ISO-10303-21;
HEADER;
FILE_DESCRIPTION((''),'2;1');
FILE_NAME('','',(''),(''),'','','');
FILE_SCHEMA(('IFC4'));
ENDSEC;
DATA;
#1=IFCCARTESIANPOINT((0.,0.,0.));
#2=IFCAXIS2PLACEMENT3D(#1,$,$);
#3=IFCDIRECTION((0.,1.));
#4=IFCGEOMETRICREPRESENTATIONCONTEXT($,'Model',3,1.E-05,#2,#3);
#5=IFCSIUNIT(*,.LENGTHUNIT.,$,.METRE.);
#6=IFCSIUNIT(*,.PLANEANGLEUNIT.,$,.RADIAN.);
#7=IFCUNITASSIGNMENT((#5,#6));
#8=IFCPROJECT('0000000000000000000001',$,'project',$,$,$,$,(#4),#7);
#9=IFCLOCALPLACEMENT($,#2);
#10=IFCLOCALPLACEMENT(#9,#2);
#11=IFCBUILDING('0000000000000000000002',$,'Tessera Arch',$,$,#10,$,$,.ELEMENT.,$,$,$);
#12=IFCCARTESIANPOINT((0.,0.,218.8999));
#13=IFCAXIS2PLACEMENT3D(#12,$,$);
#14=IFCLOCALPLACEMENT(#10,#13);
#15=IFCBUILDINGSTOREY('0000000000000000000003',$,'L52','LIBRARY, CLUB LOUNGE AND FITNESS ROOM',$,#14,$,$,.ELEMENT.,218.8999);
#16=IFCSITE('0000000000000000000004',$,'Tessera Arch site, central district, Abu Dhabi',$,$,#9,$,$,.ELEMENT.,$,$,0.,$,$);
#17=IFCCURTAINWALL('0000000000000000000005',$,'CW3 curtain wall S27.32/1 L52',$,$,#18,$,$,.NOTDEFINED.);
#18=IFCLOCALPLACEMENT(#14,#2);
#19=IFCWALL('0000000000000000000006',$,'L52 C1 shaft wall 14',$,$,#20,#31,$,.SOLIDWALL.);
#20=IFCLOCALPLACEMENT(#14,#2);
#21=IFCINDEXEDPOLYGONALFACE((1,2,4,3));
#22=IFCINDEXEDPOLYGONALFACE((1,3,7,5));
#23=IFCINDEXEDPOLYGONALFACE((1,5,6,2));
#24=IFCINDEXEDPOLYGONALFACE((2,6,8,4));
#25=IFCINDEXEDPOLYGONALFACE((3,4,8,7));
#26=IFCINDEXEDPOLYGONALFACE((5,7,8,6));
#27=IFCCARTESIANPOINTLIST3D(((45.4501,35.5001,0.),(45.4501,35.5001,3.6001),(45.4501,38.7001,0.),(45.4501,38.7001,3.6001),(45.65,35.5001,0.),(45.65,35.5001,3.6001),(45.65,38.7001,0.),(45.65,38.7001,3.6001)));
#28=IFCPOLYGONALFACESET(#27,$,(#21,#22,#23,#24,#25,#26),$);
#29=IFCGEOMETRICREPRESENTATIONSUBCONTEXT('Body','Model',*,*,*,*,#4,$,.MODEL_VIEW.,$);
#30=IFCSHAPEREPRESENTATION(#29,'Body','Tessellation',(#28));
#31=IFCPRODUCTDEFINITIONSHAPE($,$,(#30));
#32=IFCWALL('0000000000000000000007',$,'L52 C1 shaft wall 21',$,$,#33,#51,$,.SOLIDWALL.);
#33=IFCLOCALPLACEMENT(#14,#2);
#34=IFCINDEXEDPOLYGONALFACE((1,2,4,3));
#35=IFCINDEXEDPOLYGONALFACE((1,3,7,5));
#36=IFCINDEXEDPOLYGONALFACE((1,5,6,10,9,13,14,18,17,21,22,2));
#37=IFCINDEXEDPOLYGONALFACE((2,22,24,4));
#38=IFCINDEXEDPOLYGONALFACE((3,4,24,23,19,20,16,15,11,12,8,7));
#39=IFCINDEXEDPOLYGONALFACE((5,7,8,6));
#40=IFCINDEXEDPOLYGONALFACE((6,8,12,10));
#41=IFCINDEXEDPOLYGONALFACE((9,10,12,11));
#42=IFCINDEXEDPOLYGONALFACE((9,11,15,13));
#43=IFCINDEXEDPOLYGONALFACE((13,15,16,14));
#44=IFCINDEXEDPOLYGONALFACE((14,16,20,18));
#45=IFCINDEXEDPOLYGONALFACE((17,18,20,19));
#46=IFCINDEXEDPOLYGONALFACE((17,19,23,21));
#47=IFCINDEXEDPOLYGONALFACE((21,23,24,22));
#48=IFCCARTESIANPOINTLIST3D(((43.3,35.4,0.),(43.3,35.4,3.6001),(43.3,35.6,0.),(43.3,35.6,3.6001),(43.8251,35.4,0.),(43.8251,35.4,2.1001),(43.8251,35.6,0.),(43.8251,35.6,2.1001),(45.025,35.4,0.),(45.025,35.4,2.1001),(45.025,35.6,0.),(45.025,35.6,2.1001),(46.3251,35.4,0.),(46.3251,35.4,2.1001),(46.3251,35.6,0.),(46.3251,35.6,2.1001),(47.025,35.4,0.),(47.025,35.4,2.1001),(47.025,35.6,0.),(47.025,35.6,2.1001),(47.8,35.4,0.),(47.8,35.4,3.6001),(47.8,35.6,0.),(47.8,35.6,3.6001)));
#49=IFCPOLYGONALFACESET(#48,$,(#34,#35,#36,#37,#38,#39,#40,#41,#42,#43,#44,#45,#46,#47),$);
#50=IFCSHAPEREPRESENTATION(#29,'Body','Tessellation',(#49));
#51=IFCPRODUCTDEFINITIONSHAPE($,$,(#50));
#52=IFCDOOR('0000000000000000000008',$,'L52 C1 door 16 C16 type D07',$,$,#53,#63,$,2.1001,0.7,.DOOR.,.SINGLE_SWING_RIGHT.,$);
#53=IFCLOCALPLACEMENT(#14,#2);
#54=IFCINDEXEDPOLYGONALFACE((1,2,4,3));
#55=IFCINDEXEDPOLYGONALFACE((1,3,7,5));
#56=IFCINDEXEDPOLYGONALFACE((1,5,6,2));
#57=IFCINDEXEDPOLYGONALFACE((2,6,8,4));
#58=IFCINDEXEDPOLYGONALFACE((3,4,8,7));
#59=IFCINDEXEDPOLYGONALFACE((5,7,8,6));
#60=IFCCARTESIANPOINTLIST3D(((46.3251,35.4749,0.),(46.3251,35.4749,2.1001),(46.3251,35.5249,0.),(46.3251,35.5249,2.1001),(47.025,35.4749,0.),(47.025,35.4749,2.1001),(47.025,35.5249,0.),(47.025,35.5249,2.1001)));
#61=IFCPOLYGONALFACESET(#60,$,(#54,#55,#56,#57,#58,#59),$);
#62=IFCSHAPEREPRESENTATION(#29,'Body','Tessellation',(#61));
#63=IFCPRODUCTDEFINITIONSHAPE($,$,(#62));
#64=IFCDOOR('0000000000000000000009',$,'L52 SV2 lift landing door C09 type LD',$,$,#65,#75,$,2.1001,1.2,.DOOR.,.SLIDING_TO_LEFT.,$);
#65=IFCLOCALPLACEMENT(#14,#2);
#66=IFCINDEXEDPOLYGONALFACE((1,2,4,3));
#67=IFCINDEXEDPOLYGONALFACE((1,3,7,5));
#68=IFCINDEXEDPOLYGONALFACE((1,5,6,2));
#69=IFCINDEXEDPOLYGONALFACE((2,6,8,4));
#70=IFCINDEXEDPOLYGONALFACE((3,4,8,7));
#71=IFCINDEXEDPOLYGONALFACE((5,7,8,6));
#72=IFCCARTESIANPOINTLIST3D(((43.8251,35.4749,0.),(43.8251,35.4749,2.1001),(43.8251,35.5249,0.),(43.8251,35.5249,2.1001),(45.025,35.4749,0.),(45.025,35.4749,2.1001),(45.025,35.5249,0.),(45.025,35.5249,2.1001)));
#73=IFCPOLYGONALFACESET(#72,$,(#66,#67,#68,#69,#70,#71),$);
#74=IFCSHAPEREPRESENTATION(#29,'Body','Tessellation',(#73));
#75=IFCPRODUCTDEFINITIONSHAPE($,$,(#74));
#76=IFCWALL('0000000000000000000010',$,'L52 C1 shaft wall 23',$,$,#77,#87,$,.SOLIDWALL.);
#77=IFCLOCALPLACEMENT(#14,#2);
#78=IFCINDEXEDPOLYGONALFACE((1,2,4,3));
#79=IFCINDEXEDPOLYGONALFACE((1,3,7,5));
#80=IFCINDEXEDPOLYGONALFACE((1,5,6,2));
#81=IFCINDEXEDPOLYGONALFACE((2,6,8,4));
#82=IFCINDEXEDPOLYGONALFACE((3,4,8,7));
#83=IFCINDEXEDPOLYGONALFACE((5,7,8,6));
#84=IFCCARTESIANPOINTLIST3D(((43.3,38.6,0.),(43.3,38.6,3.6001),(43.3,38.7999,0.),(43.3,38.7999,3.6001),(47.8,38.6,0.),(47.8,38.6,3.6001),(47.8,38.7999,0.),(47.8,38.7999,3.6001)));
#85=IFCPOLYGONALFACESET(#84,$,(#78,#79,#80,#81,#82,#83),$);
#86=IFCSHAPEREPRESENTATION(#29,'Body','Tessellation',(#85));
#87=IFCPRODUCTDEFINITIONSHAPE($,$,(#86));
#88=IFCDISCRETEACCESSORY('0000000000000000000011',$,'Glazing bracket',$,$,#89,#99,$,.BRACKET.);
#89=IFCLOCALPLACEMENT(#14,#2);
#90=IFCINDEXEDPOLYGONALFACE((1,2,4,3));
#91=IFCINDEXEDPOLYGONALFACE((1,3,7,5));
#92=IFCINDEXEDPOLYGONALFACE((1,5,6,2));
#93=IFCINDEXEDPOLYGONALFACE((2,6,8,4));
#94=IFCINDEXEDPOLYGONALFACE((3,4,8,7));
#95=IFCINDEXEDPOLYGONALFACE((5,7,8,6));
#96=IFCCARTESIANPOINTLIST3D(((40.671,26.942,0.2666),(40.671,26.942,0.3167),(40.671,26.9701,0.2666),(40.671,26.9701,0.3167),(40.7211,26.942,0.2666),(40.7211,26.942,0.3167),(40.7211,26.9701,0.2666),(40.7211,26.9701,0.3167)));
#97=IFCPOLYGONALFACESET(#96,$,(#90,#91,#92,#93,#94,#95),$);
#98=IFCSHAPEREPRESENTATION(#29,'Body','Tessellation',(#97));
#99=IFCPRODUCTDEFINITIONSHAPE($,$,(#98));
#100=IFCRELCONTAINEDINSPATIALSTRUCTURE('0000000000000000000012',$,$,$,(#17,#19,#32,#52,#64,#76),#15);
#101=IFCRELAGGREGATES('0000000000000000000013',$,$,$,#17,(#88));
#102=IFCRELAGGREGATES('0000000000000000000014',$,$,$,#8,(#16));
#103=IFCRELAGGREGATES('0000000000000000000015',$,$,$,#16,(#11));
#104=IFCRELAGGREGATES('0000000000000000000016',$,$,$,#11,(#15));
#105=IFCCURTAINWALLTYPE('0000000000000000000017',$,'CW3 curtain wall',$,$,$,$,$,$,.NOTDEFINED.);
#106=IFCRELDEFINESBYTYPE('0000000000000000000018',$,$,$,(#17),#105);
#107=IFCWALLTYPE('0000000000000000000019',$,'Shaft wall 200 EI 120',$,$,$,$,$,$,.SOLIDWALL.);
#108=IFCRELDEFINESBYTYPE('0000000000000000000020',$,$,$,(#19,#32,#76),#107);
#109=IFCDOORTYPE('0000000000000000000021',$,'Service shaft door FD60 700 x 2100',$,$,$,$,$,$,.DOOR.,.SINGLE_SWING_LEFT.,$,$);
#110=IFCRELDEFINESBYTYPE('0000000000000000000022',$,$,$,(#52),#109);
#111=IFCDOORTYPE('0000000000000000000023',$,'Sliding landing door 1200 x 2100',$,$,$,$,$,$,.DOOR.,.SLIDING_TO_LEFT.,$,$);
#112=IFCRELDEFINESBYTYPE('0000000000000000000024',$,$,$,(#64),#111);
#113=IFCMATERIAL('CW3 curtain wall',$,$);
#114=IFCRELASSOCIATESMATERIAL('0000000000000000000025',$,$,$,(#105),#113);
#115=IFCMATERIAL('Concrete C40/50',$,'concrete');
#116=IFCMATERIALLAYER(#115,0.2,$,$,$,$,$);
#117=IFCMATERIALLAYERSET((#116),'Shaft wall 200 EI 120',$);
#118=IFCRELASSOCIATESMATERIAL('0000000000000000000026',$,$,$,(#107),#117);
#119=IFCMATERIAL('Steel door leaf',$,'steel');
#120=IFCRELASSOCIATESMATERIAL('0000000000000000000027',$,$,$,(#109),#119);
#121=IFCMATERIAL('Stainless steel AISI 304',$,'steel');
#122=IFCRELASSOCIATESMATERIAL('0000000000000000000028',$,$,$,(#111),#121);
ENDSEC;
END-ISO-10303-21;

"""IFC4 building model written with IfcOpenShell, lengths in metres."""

from ifc_helpers import new_model, si_unit, direction, frame, frame_2d, origin, origin_2d, place, context, subcontext, project, spatial, rectangle, extrude, material, layer, layer_set, type_object, element, fill, aggregate, save


model = new_model("IFC4")

# Units and contexts
model_context = context("Model", 3, precision=1e-05, world=origin(), true_north=direction((0.0, 1.0)))
body_context = subcontext(model_context, "Body", "Model", "MODEL_VIEW")
ifc_project = project(units=[si_unit("LENGTHUNIT", "METRE"), si_unit("PLANEANGLEUNIT", "RADIAN")], contexts=[model_context])

# Site, building, storey
site_placement = place(None, origin())
site = spatial("IfcSite", under=ifc_project, at=site_placement, Name="Tessera Arch site, central district, Abu Dhabi", CompositionType="ELEMENT", RefElevation=0.0)
building_placement = place(site_placement, origin())
building = spatial("IfcBuilding", under=site, at=building_placement, Name="Tessera Arch", CompositionType="ELEMENT")
storey_placement = place(building_placement, frame((0.0, 0.0, 218.8999)))
storey = spatial("IfcBuildingStorey", under=building, at=storey_placement, Name="L52", Description="LIBRARY, CLUB LOUNGE AND FITNESS ROOM", CompositionType="ELEMENT", Elevation=218.8999)

# Curtain wall
ifc_material_1 = material(Name="CW3 curtain wall")
curtain_wall_type = type_object("IfcCurtainWallType", Name="CW3 curtain wall", PredefinedType="NOTDEFINED", material=ifc_material_1)
curtain_wall_placement = place(storey_placement, origin())
curtain_wall = element("IfcCurtainWall", 1, at=curtain_wall_placement, inside=storey, type_object=curtain_wall_type, Name="CW3 curtain wall S27.32/1 L52", PredefinedType="NOTDEFINED")

# Wall
ifc_material_2 = material(Name="Concrete C40/50", Category="concrete")
ifc_layer_1 = layer(ifc_material_2, 0.2)
ifc_layer_set_1 = layer_set([ifc_layer_1], Name="Shaft wall 200 EI 120")
wall_type_1 = type_object("IfcWallType", Name="Shaft wall 200 EI 120", PredefinedType="SOLIDWALL", material=ifc_layer_set_1)
for number, where, z_axis, x_axis, name in (
    (2, (45.55, 35.5, 0.0), (0.0, 0.0, 1.0), (0.0, 1.0, 0.0), "L52 C1 shaft wall 14"),
):
    element("IfcWall", number, at=place(storey_placement, frame(where, z_axis=z_axis, x_axis=x_axis)), inside=storey, type_object=wall_type_1, Name=name, PredefinedType="SOLIDWALL", context=body_context, shape_type="SweptSolid", body=[
        extrude(rectangle(XDim=3.2, YDim=0.2, at=frame_2d((1.6001, 0.0))), origin(), (0.0, 0.0, 1.0), 3.6001),
    ])

# Wall, openings, doors
wall_1_placement = place(storey_placement, frame((43.3, 35.5, 0.0), z_axis=(0.0, 0.0, 1.0), x_axis=(1.0, 0.0, 0.0)))
wall_1 = element("IfcWall", 3, at=wall_1_placement, inside=storey, type_object=wall_type_1, Name="L52 C1 shaft wall 21", PredefinedType="SOLIDWALL", context=body_context, shape_type="SweptSolid", body=[
    extrude(rectangle(XDim=4.5, YDim=0.2, at=frame_2d((2.25, 0.0))), origin(), (0.0, 0.0, 1.0), 3.6001),
])
opening_1_placement = place(wall_1_placement, frame((0.5249, 0.0, 0.0)))
opening_1 = element("IfcOpeningElement", 4, at=opening_1_placement, cuts=wall_1, PredefinedType="OPENING", context=body_context, shape_type="SweptSolid", body=[
    extrude(rectangle(XDim=1.2, YDim=2.1001, at=frame_2d((0.6001, 1.05))), frame((0.0, 0.1099, 0.0), z_axis=(0.0, -1.0, 0.0), x_axis=(1.0, 0.0, 0.0)), (0.0, 0.0, 1.0), 0.22),
])
opening_2_placement = place(wall_1_placement, frame((3.0249, 0.0, 0.0)))
opening_2 = element("IfcOpeningElement", 5, at=opening_2_placement, cuts=wall_1, PredefinedType="OPENING", context=body_context, shape_type="SweptSolid", body=[
    extrude(rectangle(XDim=0.7, YDim=2.1001, at=frame_2d((0.3501, 1.05))), frame((0.0, 0.1099, 0.0), z_axis=(0.0, -1.0, 0.0), x_axis=(1.0, 0.0, 0.0)), (0.0, 0.0, 1.0), 0.22),
])
ifc_material_3 = material(Name="Steel door leaf", Category="steel")
door_type_1 = type_object("IfcDoorType", Name="Service shaft door FD60 700 x 2100", OperationType="SINGLE_SWING_LEFT", PredefinedType="DOOR", material=ifc_material_3)
door_1_placement = place(opening_2_placement, origin())
door_1 = element("IfcDoor", 6, at=door_1_placement, inside=storey, type_object=door_type_1, Name="L52 C1 door 16 C16 type D07", OperationType="SINGLE_SWING_RIGHT", OverallHeight=2.1001, OverallWidth=0.7, PredefinedType="DOOR", context=body_context, shape_type="SweptSolid", body=[
    extrude(rectangle(XDim=0.7, YDim=2.1001, at=frame_2d((0.3501, 1.05))), frame((0.0, 0.0249, 0.0), z_axis=(0.0, -1.0, 0.0), x_axis=(1.0, 0.0, 0.0)), (0.0, 0.0, 1.0), 0.05),
])
fill(opening_2, door_1)
ifc_material_4 = material(Name="Stainless steel AISI 304", Category="steel")
door_type_2 = type_object("IfcDoorType", Name="Sliding landing door 1200 x 2100", OperationType="SLIDING_TO_LEFT", PredefinedType="DOOR", material=ifc_material_4)
door_2_placement = place(opening_1_placement, origin())
door_2 = element("IfcDoor", 7, at=door_2_placement, inside=storey, type_object=door_type_2, Name="L52 SV2 lift landing door C09 type LD", OperationType="SLIDING_TO_LEFT", OverallHeight=2.1001, OverallWidth=1.2, PredefinedType="DOOR", context=body_context, shape_type="SweptSolid", body=[
    extrude(rectangle(XDim=1.2, YDim=2.1001, at=frame_2d((0.6001, 1.05))), frame((0.0, 0.0249, 0.0), z_axis=(0.0, -1.0, 0.0), x_axis=(1.0, 0.0, 0.0)), (0.0, 0.0, 1.0), 0.05),
])
fill(opening_1, door_2)

# Wall
wall_2_placement = place(storey_placement, frame((43.3, 38.7, 0.0), z_axis=(0.0, 0.0, 1.0), x_axis=(1.0, 0.0, 0.0)))
element("IfcWall", 8, at=wall_2_placement, inside=storey, type_object=wall_type_1, Name="L52 C1 shaft wall 23", PredefinedType="SOLIDWALL", context=body_context, shape_type="SweptSolid", body=[
    extrude(rectangle(XDim=4.5, YDim=0.2, at=frame_2d((2.25, 0.0))), origin(), (0.0, 0.0, 1.0), 3.6001),
])

# Discrete accessory
discrete_accessory_placement = place(storey_placement, frame((40.696, 26.9561, 0.2666), z_axis=(0.0, 0.0, 1.0), x_axis=(1.0, 0.0, 0.0)))
discrete_accessory = element("IfcDiscreteAccessory", 9, at=discrete_accessory_placement, Name="Glazing bracket", PredefinedType="BRACKET", context=body_context, shape_type="SweptSolid", body=[
    extrude(rectangle(XDim=0.05, YDim=0.0281, at=origin_2d()), origin(), (0.0, 0.0, 1.0), 0.05),
])
aggregate(curtain_wall, [discrete_accessory])

save(model, "model.ifc")
